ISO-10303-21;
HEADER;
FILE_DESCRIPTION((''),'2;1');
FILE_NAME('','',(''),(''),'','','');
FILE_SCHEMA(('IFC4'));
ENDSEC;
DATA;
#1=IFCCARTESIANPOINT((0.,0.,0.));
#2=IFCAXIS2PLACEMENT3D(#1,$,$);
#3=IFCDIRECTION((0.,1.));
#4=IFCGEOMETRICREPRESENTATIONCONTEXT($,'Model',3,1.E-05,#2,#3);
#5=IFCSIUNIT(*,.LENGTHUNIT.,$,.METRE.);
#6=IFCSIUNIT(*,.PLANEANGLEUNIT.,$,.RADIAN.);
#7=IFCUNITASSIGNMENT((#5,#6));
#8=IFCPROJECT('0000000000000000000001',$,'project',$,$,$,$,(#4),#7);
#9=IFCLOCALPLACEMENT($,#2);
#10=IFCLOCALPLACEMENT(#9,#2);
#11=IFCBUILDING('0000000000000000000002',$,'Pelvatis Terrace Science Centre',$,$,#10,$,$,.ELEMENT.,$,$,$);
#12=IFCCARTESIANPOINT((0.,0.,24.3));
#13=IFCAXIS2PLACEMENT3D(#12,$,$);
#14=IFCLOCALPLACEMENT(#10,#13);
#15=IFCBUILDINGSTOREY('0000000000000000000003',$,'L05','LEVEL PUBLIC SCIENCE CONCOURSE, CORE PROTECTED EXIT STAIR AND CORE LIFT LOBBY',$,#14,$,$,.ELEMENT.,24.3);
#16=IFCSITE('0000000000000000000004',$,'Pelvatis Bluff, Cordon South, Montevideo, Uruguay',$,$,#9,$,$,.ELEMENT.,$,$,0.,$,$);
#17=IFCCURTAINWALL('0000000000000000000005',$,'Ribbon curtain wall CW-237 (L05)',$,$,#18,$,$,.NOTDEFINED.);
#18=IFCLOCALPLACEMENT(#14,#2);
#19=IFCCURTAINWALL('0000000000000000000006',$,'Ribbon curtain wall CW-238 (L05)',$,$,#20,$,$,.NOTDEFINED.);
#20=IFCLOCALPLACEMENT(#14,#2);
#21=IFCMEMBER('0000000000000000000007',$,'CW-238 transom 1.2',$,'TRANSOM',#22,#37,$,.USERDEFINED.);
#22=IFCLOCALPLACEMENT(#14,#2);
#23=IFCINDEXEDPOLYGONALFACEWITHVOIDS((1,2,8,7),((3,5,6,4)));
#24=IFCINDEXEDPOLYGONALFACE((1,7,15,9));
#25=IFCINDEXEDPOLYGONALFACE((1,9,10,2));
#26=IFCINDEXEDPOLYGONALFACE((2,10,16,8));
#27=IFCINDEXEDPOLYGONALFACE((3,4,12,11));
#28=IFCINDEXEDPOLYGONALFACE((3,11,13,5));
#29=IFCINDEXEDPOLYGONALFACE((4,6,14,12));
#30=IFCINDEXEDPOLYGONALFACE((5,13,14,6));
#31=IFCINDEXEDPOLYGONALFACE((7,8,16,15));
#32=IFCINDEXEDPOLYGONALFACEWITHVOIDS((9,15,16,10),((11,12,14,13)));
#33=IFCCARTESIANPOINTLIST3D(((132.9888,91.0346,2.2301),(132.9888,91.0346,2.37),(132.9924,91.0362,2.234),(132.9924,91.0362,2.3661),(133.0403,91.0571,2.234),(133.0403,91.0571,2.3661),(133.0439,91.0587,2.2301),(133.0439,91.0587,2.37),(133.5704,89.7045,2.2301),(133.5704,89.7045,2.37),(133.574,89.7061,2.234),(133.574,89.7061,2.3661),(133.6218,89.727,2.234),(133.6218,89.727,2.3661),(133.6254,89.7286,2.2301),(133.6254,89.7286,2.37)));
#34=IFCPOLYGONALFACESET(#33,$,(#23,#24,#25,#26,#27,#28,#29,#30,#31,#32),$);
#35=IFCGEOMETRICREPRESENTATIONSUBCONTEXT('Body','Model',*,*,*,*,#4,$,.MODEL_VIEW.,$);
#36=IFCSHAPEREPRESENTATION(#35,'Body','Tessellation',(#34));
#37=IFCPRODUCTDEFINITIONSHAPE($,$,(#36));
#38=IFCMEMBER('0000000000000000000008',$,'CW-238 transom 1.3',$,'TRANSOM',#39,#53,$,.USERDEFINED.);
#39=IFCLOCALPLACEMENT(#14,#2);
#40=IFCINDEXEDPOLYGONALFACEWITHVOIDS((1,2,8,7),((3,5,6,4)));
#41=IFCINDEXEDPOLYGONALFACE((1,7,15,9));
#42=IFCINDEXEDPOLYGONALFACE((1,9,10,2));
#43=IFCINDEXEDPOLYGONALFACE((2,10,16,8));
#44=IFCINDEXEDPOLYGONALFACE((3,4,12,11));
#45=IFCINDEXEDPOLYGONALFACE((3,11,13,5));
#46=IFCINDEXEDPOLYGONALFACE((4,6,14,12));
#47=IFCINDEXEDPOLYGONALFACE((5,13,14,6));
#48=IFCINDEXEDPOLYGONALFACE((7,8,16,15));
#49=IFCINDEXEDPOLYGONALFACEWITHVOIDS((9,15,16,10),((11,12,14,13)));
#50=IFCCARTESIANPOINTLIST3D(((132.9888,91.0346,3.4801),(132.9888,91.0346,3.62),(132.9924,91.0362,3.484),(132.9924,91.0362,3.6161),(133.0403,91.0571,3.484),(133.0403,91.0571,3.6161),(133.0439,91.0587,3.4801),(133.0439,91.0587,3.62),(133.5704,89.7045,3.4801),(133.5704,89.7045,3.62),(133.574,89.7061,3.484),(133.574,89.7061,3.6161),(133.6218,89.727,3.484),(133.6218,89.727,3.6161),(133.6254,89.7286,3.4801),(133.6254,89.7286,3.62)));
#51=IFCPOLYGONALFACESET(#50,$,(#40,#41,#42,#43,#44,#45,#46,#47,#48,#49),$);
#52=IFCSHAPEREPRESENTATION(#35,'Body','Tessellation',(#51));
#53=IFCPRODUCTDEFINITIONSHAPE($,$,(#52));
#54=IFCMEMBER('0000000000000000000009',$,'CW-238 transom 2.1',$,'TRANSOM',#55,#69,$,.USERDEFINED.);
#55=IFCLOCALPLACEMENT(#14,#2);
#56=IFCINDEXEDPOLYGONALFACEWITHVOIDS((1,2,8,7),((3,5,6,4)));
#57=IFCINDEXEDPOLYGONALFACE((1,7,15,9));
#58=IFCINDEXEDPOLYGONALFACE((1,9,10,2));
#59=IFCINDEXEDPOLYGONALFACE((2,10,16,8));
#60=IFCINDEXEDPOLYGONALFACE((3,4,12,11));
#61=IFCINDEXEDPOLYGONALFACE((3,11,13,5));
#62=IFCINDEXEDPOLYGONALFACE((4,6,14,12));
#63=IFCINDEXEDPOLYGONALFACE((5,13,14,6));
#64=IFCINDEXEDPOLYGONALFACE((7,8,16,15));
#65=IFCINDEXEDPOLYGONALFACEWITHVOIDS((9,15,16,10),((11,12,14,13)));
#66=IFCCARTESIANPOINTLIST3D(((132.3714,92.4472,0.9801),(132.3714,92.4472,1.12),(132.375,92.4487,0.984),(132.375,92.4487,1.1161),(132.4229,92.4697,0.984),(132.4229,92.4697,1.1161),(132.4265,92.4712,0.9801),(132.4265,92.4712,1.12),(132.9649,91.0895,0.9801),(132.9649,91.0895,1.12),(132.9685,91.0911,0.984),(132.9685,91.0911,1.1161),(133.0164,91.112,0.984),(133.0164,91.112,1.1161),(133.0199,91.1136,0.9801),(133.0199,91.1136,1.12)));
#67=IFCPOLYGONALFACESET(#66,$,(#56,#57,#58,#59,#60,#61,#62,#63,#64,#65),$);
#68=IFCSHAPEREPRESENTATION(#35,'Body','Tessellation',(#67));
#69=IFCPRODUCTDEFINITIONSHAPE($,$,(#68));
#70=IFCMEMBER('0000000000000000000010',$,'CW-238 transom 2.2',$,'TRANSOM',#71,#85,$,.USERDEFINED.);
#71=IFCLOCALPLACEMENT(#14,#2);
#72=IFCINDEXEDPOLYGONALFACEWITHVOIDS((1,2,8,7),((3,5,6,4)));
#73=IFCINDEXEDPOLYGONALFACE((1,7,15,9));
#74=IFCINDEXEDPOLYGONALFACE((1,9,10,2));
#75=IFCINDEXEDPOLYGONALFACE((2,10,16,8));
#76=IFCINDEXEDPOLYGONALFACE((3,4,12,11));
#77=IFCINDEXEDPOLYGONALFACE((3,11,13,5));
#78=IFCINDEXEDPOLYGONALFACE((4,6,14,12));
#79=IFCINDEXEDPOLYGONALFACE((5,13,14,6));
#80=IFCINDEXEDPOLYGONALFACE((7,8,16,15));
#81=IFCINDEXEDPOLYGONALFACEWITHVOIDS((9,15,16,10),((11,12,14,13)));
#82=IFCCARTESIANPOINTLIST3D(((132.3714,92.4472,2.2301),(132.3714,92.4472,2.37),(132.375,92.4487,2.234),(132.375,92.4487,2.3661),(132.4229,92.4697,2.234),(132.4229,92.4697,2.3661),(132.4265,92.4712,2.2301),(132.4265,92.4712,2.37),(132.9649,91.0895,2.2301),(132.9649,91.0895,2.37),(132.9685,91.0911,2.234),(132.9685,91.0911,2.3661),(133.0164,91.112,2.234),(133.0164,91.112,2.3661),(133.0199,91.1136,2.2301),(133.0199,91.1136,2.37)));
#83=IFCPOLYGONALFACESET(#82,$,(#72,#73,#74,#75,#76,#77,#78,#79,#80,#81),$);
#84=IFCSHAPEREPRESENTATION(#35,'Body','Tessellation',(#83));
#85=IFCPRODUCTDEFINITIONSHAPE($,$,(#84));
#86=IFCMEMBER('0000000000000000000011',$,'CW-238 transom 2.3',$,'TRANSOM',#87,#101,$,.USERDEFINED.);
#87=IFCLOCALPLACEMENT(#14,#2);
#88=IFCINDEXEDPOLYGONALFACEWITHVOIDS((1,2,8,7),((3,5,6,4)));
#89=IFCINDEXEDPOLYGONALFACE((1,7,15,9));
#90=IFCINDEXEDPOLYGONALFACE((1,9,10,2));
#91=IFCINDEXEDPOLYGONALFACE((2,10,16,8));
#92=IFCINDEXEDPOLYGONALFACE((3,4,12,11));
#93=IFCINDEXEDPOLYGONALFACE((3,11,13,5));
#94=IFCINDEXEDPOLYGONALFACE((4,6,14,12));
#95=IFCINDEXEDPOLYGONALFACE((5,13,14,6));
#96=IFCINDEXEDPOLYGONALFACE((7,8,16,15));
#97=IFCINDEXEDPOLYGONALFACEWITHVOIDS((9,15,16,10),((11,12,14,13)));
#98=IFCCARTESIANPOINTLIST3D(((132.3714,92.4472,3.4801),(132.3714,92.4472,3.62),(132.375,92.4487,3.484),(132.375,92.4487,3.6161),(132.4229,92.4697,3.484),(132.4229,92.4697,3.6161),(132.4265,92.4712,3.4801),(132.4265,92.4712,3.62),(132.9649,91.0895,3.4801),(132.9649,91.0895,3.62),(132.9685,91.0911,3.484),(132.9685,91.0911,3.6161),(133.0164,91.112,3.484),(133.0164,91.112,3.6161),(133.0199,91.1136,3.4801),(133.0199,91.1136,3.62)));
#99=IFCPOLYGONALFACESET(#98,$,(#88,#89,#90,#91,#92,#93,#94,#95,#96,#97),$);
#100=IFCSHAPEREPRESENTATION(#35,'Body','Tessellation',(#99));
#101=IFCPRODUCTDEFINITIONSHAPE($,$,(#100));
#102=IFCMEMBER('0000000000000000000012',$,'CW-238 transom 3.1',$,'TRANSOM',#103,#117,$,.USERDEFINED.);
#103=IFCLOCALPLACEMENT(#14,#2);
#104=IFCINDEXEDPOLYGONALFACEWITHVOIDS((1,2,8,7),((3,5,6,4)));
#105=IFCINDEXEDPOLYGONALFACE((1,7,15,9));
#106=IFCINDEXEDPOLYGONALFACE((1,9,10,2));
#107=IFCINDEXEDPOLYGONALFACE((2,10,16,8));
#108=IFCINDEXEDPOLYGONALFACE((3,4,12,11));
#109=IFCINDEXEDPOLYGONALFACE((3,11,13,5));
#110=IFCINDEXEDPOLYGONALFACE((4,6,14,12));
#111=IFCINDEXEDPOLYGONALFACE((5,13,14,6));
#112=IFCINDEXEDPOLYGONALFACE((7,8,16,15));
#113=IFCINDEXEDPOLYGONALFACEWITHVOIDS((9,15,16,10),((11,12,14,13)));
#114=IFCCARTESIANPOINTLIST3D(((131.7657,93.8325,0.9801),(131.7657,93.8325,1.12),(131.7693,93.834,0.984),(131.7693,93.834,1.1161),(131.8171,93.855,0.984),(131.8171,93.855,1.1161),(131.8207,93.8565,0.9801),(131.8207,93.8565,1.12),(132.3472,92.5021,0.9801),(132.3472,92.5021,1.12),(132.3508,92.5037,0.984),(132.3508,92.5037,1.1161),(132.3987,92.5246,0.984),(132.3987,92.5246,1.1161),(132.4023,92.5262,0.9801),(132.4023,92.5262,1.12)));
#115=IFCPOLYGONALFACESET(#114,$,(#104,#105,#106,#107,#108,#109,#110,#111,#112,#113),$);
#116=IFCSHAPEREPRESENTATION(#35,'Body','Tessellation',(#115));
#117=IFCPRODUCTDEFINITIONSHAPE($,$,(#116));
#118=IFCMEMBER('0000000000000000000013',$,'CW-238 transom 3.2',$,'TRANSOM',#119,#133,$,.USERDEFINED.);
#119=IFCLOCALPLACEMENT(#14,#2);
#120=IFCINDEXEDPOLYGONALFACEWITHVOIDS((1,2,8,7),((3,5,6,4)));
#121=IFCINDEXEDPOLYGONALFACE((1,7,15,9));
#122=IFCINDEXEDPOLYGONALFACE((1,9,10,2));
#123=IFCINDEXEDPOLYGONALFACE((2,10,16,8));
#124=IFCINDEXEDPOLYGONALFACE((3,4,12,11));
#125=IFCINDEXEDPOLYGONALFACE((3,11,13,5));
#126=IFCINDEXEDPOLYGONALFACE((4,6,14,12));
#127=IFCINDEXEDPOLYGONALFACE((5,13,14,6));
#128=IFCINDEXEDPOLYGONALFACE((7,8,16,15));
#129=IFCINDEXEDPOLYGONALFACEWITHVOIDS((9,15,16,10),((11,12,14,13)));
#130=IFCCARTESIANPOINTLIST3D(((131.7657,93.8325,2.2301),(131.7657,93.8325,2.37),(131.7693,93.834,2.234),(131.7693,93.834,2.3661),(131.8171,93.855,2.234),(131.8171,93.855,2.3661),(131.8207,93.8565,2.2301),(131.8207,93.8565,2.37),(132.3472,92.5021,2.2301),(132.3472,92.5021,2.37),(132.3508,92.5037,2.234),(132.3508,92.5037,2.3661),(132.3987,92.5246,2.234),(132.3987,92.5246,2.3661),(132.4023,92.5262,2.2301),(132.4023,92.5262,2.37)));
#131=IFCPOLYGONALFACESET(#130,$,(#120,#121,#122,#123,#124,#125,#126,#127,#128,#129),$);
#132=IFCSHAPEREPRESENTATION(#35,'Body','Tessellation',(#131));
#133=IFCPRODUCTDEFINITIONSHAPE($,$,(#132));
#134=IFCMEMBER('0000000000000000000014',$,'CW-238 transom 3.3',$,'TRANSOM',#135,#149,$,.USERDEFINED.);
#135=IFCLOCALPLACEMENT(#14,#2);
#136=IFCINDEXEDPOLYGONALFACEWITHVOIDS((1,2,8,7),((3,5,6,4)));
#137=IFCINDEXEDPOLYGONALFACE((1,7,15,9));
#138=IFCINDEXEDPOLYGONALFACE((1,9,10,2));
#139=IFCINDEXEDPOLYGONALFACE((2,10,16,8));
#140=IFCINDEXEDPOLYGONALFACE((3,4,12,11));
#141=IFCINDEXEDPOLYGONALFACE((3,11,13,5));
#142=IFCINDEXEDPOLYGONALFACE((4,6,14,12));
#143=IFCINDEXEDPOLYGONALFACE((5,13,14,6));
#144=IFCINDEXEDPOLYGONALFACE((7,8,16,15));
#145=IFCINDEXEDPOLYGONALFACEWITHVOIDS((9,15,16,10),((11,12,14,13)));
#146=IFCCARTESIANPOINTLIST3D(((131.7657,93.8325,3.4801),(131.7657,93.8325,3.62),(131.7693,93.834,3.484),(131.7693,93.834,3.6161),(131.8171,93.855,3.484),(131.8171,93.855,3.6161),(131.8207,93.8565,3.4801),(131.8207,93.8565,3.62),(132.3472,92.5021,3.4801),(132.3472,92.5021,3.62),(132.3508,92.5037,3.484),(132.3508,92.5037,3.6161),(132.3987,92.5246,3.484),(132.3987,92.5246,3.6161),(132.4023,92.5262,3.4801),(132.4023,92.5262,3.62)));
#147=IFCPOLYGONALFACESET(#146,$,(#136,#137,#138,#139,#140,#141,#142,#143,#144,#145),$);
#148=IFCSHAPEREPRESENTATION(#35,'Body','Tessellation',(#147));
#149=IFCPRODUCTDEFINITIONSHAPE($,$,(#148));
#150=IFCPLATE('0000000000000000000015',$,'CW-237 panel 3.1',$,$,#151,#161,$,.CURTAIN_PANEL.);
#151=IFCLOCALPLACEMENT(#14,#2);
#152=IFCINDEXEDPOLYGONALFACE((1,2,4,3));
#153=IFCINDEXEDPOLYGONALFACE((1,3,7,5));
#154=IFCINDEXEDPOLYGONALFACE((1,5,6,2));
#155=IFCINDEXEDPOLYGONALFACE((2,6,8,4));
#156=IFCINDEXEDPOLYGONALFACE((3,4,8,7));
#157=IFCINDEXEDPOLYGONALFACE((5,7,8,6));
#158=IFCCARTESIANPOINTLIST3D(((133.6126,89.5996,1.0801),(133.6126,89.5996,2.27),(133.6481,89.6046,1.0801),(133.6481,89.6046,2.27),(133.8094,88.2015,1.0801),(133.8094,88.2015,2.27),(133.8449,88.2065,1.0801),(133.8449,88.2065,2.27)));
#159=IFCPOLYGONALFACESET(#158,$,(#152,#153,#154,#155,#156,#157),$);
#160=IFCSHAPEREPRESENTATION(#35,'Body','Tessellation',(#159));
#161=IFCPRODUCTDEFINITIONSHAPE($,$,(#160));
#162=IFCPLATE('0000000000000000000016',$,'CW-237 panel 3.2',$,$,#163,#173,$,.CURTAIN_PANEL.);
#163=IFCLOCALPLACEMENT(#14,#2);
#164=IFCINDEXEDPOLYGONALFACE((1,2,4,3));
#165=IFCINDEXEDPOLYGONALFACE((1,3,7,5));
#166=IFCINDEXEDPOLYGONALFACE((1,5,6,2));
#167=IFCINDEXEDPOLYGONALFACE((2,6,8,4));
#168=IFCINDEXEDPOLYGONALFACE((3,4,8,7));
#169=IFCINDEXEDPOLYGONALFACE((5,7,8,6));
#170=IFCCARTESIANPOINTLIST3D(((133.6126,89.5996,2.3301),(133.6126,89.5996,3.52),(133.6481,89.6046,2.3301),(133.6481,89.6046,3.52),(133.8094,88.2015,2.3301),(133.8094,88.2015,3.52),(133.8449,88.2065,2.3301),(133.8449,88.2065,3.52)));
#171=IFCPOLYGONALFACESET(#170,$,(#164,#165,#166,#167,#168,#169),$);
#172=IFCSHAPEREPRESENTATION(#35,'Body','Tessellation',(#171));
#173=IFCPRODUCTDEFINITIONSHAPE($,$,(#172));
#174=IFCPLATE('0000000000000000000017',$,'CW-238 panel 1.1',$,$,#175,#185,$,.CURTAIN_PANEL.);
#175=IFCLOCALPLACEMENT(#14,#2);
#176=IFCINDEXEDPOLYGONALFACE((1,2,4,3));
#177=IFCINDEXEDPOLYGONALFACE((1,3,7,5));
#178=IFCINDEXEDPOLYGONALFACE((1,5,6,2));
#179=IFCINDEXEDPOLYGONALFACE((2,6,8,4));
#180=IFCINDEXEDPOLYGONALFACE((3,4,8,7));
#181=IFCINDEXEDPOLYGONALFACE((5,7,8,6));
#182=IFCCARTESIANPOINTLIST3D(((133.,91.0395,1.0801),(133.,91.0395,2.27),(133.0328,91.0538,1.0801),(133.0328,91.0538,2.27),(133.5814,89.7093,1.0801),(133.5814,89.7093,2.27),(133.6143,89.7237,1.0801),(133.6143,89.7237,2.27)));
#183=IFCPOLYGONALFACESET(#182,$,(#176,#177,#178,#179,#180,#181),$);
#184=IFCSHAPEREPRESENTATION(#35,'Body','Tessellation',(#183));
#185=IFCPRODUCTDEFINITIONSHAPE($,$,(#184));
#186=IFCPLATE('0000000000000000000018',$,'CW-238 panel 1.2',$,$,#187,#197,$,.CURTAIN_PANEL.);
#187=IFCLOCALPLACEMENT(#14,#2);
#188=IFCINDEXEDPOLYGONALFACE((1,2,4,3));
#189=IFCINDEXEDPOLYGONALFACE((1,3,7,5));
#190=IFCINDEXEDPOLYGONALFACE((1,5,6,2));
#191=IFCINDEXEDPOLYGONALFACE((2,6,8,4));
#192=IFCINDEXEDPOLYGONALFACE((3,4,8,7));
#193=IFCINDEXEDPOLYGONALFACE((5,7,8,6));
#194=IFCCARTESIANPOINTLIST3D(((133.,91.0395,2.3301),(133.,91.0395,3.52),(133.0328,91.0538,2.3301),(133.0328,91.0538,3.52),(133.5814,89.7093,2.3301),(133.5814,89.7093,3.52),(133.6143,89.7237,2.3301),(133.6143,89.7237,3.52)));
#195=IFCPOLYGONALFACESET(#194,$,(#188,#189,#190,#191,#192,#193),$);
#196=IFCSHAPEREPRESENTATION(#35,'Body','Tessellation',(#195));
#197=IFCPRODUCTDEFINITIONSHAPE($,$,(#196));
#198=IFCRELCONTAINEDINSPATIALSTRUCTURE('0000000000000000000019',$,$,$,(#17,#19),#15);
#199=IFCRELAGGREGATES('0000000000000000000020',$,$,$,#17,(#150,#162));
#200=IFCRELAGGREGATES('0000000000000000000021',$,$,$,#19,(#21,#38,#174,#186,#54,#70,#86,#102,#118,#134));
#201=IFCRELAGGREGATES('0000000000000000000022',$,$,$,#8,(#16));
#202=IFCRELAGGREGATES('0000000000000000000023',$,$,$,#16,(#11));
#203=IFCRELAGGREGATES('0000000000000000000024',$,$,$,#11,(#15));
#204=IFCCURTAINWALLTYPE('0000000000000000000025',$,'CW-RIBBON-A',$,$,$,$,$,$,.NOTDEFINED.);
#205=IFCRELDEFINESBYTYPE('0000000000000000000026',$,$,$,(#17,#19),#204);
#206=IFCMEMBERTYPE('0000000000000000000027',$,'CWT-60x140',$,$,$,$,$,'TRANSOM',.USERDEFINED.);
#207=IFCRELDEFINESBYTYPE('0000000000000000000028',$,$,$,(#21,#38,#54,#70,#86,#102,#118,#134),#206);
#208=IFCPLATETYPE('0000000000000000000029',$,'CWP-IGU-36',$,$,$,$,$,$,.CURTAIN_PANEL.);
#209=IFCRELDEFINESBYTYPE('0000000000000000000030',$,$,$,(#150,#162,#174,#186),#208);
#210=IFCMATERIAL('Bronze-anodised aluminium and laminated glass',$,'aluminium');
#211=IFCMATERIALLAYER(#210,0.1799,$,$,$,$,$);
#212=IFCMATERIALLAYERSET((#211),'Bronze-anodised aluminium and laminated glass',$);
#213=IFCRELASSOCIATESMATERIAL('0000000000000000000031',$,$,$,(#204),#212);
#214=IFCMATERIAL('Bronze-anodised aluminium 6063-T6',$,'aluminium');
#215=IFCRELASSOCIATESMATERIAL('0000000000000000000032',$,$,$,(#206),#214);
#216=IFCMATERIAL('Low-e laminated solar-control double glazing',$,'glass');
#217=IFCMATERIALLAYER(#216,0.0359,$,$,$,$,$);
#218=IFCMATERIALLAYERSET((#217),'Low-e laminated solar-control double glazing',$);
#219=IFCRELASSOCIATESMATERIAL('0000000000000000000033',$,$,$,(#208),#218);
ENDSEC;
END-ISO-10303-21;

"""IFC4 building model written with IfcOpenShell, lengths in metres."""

from ifc_helpers import new_model, si_unit, direction, frame, origin, origin_2d, place, context, subcontext, project, spatial, rectangle, hollow_rectangle, extrude, material, layer, layer_set, material_profile, profile_set, type_object, element, aggregate, save


model = new_model("IFC4")

# Units and contexts
model_context = context("Model", 3, precision=1e-05, world=origin(), true_north=direction((0.0, 1.0)))
body_context = subcontext(model_context, "Body", "Model", "MODEL_VIEW")
ifc_project = project(units=[si_unit("LENGTHUNIT", "METRE"), si_unit("PLANEANGLEUNIT", "RADIAN")], contexts=[model_context])

# Site, building, storey
site_placement = place(None, origin())
site = spatial("IfcSite", under=ifc_project, at=site_placement, Name="Pelvatis Bluff, Cordon South, Montevideo, Uruguay", CompositionType="ELEMENT", RefElevation=0.0)
building_placement = place(site_placement, origin())
building = spatial("IfcBuilding", under=site, at=building_placement, Name="Pelvatis Terrace Science Centre", CompositionType="ELEMENT")
storey_placement = place(building_placement, frame((0.0, 0.0, 24.3)))
storey = spatial("IfcBuildingStorey", under=building, at=storey_placement, Name="L05", Description="LEVEL PUBLIC SCIENCE CONCOURSE, CORE PROTECTED EXIT STAIR AND CORE LIFT LOBBY", CompositionType="ELEMENT", Elevation=24.3)

# Curtain walls
ifc_material_1 = material(Name="Bronze-anodised aluminium and laminated glass", Category="aluminium")
ifc_layer_1 = layer(ifc_material_1, 0.1799)
ifc_layer_set_1 = layer_set([ifc_layer_1], Name="Bronze-anodised aluminium and laminated glass")
curtain_wall_type = type_object("IfcCurtainWallType", Name="CW-RIBBON-A", PredefinedType="NOTDEFINED", material=ifc_layer_set_1)
curtain_wall_1_placement = place(storey_placement, origin())
curtain_wall_1 = element("IfcCurtainWall", 1, at=curtain_wall_1_placement, inside=storey, type_object=curtain_wall_type, Name="Ribbon curtain wall CW-237 (L05)", PredefinedType="NOTDEFINED")
curtain_wall_2_placement = place(storey_placement, origin())
curtain_wall_2 = element("IfcCurtainWall", 2, at=curtain_wall_2_placement, inside=storey, type_object=curtain_wall_type, Name="Ribbon curtain wall CW-238 (L05)", PredefinedType="NOTDEFINED")

# Members
ifc_material_2 = material(Name="Bronze-anodised aluminium 6063-T6", Category="aluminium")
ifc_material_profile_1 = material_profile(ifc_material_2, hollow_rectangle(XDim=0.0601, YDim=0.1399, WallThickness=0.0039, at=origin_2d()), Name="ALU-TRN 60x140")
ifc_profile_set_1 = profile_set([ifc_material_profile_1], Name="Bronze-anodised aluminium 6063-T6")
member_type_1 = type_object("IfcMemberType", Name="CWT-60x140", ElementType="TRANSOM", PredefinedType="USERDEFINED", material=ifc_profile_set_1)
member_1_placement = place(storey_placement, frame((133.5979, 89.7166, 2.3), z_axis=(-0.400607, 0.91625, 0.0), x_axis=(-0.91625, -0.400607, 0.0)))
member_1 = element("IfcMember", 3, at=member_1_placement, type_object=member_type_1, Name="CW-238 transom 1.2", ObjectType="TRANSOM", PredefinedType="USERDEFINED", context=body_context, shape_type="SweptSolid", body=[
    extrude(hollow_rectangle(XDim=0.0601, YDim=0.1399, WallThickness=0.0039, at=origin_2d()), origin(), (0.0, 0.0, 1.0), 1.4517),
])
member_2_placement = place(storey_placement, frame((133.5979, 89.7166, 3.55), z_axis=(-0.400607, 0.91625, 0.0), x_axis=(-0.91625, -0.400607, 0.0)))
member_2 = element("IfcMember", 4, at=member_2_placement, type_object=member_type_1, Name="CW-238 transom 1.3", ObjectType="TRANSOM", PredefinedType="USERDEFINED", context=body_context, shape_type="SweptSolid", body=[
    extrude(hollow_rectangle(XDim=0.0601, YDim=0.1399, WallThickness=0.0039, at=origin_2d()), origin(), (0.0, 0.0, 1.0), 1.4517),
])
member_3_placement = place(storey_placement, frame((132.9924, 91.1016, 1.05), z_axis=(-0.400551, 0.916275, 0.0), x_axis=(-0.916275, -0.400551, 0.0)))
member_3 = element("IfcMember", 5, at=member_3_placement, type_object=member_type_1, Name="CW-238 transom 2.1", ObjectType="TRANSOM", PredefinedType="USERDEFINED", context=body_context, shape_type="SweptSolid", body=[
    extrude(hollow_rectangle(XDim=0.0601, YDim=0.1399, WallThickness=0.0039, at=origin_2d()), origin(), (0.0, 0.0, 1.0), 1.4817),
])
member_4_placement = place(storey_placement, frame((132.9924, 91.1016, 2.3), z_axis=(-0.400551, 0.916275, 0.0), x_axis=(-0.916275, -0.400551, 0.0)))
member_4 = element("IfcMember", 6, at=member_4_placement, type_object=member_type_1, Name="CW-238 transom 2.2", ObjectType="TRANSOM", PredefinedType="USERDEFINED", context=body_context, shape_type="SweptSolid", body=[
    extrude(hollow_rectangle(XDim=0.0601, YDim=0.1399, WallThickness=0.0039, at=origin_2d()), origin(), (0.0, 0.0, 1.0), 1.4817),
])
member_5_placement = place(storey_placement, frame((132.9924, 91.1016, 3.55), z_axis=(-0.400551, 0.916275, 0.0), x_axis=(-0.916275, -0.400551, 0.0)))
member_5 = element("IfcMember", 7, at=member_5_placement, type_object=member_type_1, Name="CW-238 transom 2.3", ObjectType="TRANSOM", PredefinedType="USERDEFINED", context=body_context, shape_type="SweptSolid", body=[
    extrude(hollow_rectangle(XDim=0.0601, YDim=0.1399, WallThickness=0.0039, at=origin_2d()), origin(), (0.0, 0.0, 1.0), 1.4817),
])
member_6_placement = place(storey_placement, frame((132.3748, 92.5142, 1.05), z_axis=(-0.400545, 0.916277, 0.0), x_axis=(-0.916277, -0.400545, 0.0)))
member_6 = element("IfcMember", 8, at=member_6_placement, type_object=member_type_1, Name="CW-238 transom 3.1", ObjectType="TRANSOM", PredefinedType="USERDEFINED", context=body_context, shape_type="SweptSolid", body=[
    extrude(hollow_rectangle(XDim=0.0601, YDim=0.1399, WallThickness=0.0039, at=origin_2d()), origin(), (0.0, 0.0, 1.0), 1.4519),
])
member_7_placement = place(storey_placement, frame((132.3748, 92.5142, 2.3), z_axis=(-0.400545, 0.916277, 0.0), x_axis=(-0.916277, -0.400545, 0.0)))
member_7 = element("IfcMember", 9, at=member_7_placement, type_object=member_type_1, Name="CW-238 transom 3.2", ObjectType="TRANSOM", PredefinedType="USERDEFINED", context=body_context, shape_type="SweptSolid", body=[
    extrude(hollow_rectangle(XDim=0.0601, YDim=0.1399, WallThickness=0.0039, at=origin_2d()), origin(), (0.0, 0.0, 1.0), 1.4519),
])
member_8_placement = place(storey_placement, frame((132.3748, 92.5142, 3.55), z_axis=(-0.400545, 0.916277, 0.0), x_axis=(-0.916277, -0.400545, 0.0)))
member_8 = element("IfcMember", 10, at=member_8_placement, type_object=member_type_1, Name="CW-238 transom 3.3", ObjectType="TRANSOM", PredefinedType="USERDEFINED", context=body_context, shape_type="SweptSolid", body=[
    extrude(hollow_rectangle(XDim=0.0601, YDim=0.1399, WallThickness=0.0039, at=origin_2d()), origin(), (0.0, 0.0, 1.0), 1.4519),
])

# Plates
ifc_material_3 = material(Name="Low-e laminated solar-control double glazing", Category="glass")
ifc_layer_2 = layer(ifc_material_3, 0.0359)
ifc_layer_set_2 = layer_set([ifc_layer_2], Name="Low-e laminated solar-control double glazing")
plate_type = type_object("IfcPlateType", Name="CWP-IGU-36", PredefinedType="CURTAIN_PANEL", material=ifc_layer_set_2)
plate_1_placement = place(storey_placement, frame((133.7288, 88.9031, 1.0801), z_axis=(0.0, 0.0, 1.0), x_axis=(-0.139408, 0.990235, 0.0)))
plate_1 = element("IfcPlate", 11, at=plate_1_placement, type_object=plate_type, Name="CW-237 panel 3.1", PredefinedType="CURTAIN_PANEL", context=body_context, shape_type="SweptSolid", body=[
    extrude(rectangle(XDim=1.4119, YDim=0.0359, at=origin_2d()), origin(), (0.0, 0.0, 1.0), 1.1899),
])
plate_2_placement = place(storey_placement, frame((133.7288, 88.9031, 2.3301), z_axis=(0.0, 0.0, 1.0), x_axis=(-0.139408, 0.990235, 0.0)))
plate_2 = element("IfcPlate", 12, at=plate_2_placement, type_object=plate_type, Name="CW-237 panel 3.2", PredefinedType="CURTAIN_PANEL", context=body_context, shape_type="SweptSolid", body=[
    extrude(rectangle(XDim=1.4119, YDim=0.0359, at=origin_2d()), origin(), (0.0, 0.0, 1.0), 1.1899),
])
aggregate(curtain_wall_1, [plate_1, plate_2])
plate_3_placement = place(storey_placement, frame((133.3071, 90.3816, 1.0801), z_axis=(0.0, 0.0, 1.0), x_axis=(-0.40055, 0.916275, 0.0)))
plate_3 = element("IfcPlate", 13, at=plate_3_placement, type_object=plate_type, Name="CW-238 panel 1.1", PredefinedType="CURTAIN_PANEL", context=body_context, shape_type="SweptSolid", body=[
    extrude(rectangle(XDim=1.4517, YDim=0.0359, at=origin_2d()), origin(), (0.0, 0.0, 1.0), 1.1899),
])
plate_4_placement = place(storey_placement, frame((133.3071, 90.3816, 2.3301), z_axis=(0.0, 0.0, 1.0), x_axis=(-0.40055, 0.916275, 0.0)))
plate_4 = element("IfcPlate", 14, at=plate_4_placement, type_object=plate_type, Name="CW-238 panel 1.2", PredefinedType="CURTAIN_PANEL", context=body_context, shape_type="SweptSolid", body=[
    extrude(rectangle(XDim=1.4517, YDim=0.0359, at=origin_2d()), origin(), (0.0, 0.0, 1.0), 1.1899),
])
aggregate(curtain_wall_2, [member_1, member_2, plate_3, plate_4, member_3, member_4, member_5, member_6, member_7, member_8])

save(model, "model.ifc")
